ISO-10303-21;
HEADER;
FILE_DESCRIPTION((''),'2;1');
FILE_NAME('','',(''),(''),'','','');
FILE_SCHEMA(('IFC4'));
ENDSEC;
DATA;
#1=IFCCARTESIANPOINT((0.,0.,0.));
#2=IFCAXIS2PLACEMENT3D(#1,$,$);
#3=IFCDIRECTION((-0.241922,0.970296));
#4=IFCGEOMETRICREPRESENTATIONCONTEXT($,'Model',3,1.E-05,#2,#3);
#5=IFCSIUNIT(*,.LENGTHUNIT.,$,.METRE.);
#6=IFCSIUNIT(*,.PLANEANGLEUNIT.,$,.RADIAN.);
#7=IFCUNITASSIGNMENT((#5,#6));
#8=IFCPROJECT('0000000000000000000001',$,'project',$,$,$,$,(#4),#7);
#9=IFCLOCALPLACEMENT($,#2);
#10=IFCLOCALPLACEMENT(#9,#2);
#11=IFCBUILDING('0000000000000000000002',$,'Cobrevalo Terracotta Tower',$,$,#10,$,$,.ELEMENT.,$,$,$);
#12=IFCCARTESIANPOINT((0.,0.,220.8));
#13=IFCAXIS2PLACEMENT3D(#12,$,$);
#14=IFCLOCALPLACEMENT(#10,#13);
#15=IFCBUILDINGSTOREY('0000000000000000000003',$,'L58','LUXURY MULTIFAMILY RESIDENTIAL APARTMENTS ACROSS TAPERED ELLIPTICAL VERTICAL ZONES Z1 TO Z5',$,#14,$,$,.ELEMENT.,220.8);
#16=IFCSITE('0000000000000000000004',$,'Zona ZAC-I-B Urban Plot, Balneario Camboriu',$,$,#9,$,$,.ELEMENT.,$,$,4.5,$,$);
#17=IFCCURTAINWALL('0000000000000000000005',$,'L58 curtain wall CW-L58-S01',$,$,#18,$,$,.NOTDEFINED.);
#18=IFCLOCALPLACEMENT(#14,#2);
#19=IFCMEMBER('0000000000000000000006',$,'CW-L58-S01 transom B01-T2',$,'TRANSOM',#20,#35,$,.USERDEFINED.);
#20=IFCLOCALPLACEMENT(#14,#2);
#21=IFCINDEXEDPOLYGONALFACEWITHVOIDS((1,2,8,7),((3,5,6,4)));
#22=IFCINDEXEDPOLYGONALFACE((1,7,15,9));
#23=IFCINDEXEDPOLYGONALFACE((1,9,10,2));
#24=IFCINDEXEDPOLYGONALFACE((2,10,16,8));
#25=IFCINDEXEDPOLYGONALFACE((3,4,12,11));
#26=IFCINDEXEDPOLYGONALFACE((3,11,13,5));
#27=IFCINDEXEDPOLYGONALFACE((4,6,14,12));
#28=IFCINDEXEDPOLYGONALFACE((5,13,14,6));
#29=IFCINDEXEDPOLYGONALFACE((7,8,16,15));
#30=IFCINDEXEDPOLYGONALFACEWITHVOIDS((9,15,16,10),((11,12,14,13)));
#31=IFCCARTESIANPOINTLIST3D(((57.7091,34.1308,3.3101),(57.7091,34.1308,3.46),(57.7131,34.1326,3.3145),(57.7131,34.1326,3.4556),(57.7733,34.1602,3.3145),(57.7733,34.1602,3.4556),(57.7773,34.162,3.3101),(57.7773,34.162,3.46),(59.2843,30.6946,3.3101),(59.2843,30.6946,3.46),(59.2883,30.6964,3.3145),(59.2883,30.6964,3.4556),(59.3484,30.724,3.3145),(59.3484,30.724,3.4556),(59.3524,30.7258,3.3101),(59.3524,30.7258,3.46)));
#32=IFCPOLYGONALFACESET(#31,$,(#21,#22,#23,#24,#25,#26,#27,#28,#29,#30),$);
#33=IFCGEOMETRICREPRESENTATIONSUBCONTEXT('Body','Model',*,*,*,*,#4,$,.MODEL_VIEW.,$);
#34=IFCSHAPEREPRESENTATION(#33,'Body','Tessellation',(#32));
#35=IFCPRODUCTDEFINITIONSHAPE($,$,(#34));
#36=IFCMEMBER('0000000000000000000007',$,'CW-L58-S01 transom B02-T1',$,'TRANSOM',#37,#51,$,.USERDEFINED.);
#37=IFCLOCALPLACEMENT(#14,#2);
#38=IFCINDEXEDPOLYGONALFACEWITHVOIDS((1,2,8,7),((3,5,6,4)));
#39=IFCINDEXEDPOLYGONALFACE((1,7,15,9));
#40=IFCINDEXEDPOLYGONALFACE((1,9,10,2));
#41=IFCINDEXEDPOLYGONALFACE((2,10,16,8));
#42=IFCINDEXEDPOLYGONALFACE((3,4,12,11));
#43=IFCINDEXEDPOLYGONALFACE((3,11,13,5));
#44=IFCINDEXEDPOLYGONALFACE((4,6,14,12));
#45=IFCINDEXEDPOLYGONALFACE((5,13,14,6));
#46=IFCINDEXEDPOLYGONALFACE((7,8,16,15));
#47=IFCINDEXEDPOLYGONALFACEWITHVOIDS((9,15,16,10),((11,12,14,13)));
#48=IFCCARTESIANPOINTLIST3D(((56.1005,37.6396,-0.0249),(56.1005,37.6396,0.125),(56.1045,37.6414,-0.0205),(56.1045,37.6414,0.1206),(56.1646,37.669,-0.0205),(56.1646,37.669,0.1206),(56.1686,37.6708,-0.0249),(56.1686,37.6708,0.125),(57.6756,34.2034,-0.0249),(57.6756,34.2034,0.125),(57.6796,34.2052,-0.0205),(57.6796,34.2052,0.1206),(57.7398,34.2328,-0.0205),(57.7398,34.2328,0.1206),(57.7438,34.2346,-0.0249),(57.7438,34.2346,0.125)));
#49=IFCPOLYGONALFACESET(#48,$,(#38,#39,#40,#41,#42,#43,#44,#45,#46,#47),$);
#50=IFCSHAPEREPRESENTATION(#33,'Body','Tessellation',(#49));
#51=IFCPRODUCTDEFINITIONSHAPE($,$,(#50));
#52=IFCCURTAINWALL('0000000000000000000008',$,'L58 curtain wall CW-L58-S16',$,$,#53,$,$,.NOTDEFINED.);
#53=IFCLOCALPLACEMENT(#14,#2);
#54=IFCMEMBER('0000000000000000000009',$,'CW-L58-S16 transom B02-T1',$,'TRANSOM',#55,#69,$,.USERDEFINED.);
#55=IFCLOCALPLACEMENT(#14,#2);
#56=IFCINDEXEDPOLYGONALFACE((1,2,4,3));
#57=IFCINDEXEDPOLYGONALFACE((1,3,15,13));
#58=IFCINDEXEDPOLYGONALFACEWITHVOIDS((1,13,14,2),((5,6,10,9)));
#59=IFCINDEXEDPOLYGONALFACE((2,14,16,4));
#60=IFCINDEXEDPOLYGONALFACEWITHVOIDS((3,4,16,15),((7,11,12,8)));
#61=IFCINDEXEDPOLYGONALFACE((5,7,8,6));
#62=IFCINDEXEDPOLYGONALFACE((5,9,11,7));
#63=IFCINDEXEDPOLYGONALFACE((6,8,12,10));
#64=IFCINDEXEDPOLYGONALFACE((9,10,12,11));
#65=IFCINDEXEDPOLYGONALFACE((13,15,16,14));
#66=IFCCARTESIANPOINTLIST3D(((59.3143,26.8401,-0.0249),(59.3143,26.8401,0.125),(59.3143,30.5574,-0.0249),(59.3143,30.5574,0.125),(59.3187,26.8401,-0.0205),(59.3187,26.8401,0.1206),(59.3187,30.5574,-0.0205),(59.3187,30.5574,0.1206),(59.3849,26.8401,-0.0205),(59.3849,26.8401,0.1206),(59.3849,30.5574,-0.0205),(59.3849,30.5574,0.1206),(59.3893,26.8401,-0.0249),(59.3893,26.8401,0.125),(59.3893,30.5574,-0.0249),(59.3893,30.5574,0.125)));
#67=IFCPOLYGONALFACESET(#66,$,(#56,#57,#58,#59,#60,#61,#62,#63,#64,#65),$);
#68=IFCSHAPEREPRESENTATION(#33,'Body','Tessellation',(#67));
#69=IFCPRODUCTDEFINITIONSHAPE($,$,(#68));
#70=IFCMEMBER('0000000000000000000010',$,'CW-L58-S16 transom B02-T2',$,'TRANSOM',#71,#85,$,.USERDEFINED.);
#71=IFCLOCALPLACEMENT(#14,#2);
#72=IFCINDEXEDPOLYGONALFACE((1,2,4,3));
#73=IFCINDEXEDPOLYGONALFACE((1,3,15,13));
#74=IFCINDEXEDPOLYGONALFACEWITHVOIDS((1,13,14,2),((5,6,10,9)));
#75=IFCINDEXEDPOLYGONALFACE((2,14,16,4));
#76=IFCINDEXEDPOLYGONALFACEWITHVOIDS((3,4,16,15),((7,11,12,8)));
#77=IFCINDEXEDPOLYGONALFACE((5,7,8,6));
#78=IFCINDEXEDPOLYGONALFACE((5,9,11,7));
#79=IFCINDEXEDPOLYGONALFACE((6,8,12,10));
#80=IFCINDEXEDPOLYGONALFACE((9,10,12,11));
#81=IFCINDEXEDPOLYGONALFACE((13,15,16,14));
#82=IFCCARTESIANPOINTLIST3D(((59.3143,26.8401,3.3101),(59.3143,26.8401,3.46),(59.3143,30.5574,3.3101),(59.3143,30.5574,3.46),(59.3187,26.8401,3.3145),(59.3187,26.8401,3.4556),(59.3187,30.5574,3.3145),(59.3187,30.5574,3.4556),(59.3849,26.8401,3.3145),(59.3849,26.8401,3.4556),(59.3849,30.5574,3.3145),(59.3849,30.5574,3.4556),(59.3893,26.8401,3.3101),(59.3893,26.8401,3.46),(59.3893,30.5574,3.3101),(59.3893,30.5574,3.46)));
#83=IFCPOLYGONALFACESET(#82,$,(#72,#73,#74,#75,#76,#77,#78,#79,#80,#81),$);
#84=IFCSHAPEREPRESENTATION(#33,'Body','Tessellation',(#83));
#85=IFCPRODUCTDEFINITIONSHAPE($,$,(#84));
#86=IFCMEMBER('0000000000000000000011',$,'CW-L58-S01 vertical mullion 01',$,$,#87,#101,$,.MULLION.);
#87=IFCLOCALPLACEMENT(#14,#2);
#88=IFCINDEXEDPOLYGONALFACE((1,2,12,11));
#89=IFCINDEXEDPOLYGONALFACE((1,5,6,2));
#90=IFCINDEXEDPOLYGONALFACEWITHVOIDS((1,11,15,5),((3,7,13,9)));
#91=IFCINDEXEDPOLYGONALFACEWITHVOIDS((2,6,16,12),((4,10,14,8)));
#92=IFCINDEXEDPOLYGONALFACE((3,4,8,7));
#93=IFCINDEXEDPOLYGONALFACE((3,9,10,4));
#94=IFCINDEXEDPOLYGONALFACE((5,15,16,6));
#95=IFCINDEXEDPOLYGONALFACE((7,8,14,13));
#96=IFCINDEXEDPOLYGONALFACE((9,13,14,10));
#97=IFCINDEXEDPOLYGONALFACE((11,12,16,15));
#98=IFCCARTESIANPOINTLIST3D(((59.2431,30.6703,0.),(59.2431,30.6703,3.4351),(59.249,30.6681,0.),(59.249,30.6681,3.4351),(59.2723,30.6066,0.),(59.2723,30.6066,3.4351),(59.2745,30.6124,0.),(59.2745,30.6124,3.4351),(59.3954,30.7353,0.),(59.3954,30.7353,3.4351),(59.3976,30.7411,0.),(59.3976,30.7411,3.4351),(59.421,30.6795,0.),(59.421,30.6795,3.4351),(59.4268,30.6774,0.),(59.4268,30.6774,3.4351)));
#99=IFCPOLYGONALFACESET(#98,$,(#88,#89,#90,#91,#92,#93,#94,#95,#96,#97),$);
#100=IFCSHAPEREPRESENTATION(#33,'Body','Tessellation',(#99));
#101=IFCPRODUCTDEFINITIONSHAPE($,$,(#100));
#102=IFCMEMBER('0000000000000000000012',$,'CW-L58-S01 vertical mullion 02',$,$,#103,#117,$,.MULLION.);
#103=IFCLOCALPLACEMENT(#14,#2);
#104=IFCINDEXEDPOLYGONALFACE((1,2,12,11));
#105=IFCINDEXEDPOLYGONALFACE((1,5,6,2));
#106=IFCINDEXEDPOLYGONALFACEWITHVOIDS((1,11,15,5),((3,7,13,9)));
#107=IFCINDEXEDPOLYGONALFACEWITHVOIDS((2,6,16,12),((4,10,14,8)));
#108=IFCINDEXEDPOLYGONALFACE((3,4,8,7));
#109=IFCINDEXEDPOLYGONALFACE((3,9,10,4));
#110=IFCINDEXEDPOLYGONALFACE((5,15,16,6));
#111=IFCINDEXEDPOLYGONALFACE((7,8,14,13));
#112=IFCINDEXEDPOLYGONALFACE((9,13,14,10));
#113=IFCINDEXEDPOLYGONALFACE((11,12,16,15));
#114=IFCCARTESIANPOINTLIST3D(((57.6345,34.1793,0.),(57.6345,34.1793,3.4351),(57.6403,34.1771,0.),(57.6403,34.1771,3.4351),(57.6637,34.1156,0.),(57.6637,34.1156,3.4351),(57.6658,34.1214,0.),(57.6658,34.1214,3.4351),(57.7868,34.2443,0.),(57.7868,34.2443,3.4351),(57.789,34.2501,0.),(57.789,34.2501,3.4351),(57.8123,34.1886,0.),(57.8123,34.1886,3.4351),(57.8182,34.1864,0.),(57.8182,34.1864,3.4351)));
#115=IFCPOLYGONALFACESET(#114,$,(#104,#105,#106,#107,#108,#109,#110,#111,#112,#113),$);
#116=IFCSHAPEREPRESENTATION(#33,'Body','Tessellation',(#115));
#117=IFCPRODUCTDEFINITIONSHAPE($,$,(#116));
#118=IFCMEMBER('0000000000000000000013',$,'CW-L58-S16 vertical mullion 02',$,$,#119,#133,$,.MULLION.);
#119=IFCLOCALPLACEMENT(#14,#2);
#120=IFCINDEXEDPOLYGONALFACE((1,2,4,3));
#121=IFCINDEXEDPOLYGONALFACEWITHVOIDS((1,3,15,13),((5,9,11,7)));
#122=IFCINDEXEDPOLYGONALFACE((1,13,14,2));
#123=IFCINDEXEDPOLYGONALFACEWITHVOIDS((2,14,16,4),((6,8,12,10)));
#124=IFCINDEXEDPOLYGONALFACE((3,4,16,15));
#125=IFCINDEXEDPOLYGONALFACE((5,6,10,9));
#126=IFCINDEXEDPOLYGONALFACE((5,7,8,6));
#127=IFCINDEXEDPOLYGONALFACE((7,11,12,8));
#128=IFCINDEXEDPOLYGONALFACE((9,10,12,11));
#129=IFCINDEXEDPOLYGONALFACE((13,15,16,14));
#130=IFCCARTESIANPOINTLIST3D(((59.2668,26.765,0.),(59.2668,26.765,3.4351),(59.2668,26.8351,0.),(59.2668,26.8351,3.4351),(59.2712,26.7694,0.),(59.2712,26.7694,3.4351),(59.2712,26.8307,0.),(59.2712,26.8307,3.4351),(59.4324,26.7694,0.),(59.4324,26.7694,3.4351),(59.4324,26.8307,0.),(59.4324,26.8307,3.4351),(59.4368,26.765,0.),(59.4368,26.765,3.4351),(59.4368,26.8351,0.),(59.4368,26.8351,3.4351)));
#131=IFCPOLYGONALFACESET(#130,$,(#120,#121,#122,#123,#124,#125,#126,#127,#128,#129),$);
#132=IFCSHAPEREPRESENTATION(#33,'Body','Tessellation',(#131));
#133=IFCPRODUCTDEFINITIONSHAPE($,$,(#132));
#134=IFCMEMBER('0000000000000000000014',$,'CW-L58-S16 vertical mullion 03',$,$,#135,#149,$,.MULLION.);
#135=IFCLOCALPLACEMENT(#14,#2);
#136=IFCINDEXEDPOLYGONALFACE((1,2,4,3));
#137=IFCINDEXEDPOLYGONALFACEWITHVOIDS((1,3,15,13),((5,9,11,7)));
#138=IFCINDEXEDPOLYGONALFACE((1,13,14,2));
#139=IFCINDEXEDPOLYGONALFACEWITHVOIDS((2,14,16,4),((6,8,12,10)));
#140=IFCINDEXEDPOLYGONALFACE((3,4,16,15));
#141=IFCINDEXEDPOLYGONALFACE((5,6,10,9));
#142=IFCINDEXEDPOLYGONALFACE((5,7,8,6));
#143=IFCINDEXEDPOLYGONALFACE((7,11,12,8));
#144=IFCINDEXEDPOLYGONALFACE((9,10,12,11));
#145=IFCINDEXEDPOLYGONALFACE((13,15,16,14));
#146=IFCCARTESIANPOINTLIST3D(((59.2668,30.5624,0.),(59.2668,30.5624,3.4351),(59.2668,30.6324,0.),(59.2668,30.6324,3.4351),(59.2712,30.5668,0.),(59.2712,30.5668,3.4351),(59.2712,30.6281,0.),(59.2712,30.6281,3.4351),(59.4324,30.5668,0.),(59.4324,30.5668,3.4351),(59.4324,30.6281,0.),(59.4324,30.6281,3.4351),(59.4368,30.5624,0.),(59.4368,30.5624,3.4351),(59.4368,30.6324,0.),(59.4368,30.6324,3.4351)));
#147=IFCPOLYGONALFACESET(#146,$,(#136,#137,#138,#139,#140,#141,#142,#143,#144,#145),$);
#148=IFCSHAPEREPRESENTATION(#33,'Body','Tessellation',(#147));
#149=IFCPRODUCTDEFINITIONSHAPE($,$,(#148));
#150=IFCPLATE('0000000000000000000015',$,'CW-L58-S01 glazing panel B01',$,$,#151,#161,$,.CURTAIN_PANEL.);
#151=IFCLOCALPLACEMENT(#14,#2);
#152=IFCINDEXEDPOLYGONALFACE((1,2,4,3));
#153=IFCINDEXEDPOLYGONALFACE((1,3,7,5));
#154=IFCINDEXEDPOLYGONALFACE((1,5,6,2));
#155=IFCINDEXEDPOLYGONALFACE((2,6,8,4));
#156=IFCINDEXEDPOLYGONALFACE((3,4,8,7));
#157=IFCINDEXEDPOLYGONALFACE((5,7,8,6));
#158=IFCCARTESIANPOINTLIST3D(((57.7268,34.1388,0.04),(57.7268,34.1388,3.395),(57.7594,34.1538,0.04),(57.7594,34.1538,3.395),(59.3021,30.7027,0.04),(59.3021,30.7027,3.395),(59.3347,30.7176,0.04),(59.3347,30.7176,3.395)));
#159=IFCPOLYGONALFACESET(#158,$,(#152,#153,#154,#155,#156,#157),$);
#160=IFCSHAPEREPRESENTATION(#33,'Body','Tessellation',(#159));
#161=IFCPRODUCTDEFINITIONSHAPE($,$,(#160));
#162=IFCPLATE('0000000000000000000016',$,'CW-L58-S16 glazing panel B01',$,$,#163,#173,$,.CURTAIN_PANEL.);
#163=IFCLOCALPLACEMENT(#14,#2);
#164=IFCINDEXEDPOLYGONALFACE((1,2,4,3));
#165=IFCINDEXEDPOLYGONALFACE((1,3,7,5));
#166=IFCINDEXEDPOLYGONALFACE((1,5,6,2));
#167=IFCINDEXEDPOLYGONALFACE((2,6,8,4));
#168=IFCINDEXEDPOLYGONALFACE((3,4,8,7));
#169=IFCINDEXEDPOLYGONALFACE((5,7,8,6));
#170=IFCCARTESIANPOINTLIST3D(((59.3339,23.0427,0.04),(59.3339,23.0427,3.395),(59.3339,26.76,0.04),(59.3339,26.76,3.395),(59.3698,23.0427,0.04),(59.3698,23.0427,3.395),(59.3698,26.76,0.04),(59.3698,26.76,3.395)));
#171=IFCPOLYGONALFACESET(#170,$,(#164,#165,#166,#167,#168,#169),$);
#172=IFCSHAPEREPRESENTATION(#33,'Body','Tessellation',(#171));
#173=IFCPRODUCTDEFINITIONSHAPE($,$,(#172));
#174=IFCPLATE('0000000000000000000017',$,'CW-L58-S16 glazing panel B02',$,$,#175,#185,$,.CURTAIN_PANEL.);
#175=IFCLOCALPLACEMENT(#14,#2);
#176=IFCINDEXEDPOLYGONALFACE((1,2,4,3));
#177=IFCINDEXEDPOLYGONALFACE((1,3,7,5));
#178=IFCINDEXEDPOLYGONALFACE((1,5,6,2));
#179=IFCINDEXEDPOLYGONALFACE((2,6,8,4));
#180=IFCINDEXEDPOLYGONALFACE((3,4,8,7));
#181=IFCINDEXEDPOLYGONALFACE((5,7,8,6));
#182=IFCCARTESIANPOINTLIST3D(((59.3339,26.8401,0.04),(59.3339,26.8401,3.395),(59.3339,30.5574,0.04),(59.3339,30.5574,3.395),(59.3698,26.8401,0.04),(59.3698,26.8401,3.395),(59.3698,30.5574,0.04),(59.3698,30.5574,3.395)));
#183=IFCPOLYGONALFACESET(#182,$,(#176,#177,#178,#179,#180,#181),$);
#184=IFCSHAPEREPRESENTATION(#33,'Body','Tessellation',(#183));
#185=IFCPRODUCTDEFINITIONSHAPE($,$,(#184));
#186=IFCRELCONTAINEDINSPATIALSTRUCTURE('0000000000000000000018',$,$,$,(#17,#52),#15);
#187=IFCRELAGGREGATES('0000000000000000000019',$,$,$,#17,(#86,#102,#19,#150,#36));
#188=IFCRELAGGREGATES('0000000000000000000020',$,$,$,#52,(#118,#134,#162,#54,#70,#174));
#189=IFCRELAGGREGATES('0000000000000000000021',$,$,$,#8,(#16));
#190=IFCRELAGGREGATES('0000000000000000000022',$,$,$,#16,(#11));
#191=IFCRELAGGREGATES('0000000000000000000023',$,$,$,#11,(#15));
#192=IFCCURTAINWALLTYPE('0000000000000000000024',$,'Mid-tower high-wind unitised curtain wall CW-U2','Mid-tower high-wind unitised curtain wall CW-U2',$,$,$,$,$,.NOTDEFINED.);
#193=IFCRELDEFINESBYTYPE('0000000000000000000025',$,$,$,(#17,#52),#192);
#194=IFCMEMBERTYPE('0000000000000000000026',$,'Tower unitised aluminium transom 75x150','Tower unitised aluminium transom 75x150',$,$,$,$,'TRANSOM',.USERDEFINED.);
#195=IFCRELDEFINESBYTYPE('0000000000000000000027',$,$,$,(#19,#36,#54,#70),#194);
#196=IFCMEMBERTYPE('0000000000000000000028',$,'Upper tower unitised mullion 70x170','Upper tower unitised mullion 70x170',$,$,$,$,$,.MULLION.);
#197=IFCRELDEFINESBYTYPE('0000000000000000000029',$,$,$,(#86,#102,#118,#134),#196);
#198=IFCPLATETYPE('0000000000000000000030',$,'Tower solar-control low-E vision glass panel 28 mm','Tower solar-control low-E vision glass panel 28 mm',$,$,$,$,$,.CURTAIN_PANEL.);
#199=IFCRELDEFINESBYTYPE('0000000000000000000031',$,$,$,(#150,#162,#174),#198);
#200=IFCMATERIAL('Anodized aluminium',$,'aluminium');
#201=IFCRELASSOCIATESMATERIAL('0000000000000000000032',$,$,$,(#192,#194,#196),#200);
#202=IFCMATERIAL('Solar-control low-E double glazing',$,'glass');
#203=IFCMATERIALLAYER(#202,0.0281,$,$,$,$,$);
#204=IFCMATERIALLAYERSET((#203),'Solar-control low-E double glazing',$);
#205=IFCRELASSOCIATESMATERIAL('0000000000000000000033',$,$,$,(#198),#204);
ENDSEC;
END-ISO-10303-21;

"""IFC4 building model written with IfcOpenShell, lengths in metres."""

from ifc_helpers import new_model, si_unit, direction, frame, origin, origin_2d, place, context, subcontext, project, spatial, rectangle, hollow_rectangle, extrude, source, transform, mapped, material, layer, layer_set, material_profile, profile_set, type_object, element, aggregate, save


model = new_model("IFC4")

# Units and contexts
model_context = context("Model", 3, precision=1e-05, world=origin(), true_north=direction((-0.241922, 0.970296)))
body_context = subcontext(model_context, "Body", "Model", "MODEL_VIEW")
ifc_project = project(units=[si_unit("LENGTHUNIT", "METRE"), si_unit("PLANEANGLEUNIT", "RADIAN")], contexts=[model_context])

# Site, building, storey
site_placement = place(None, origin())
site = spatial("IfcSite", under=ifc_project, at=site_placement, Name="Zona ZAC-I-B Urban Plot, Balneario Camboriu", CompositionType="ELEMENT", RefElevation=4.5)
building_placement = place(site_placement, origin())
building = spatial("IfcBuilding", under=site, at=building_placement, Name="Cobrevalo Terracotta Tower", CompositionType="ELEMENT")
storey_placement = place(building_placement, frame((0.0, 0.0, 220.8)))
storey = spatial("IfcBuildingStorey", under=building, at=storey_placement, Name="L58", Description="LUXURY MULTIFAMILY RESIDENTIAL APARTMENTS ACROSS TAPERED ELLIPTICAL VERTICAL ZONES Z1 TO Z5", CompositionType="ELEMENT", Elevation=220.8)

# Curtain walls, members
ifc_material_1 = material(Name="Anodized aluminium", Category="aluminium")
curtain_wall_type = type_object("IfcCurtainWallType", Name="Mid-tower high-wind unitised curtain wall CW-U2", Description="Mid-tower high-wind unitised curtain wall CW-U2", PredefinedType="NOTDEFINED", material=ifc_material_1)
curtain_wall_1_placement = place(storey_placement, origin())
curtain_wall_1 = element("IfcCurtainWall", 1, at=curtain_wall_1_placement, inside=storey, type_object=curtain_wall_type, Name="L58 curtain wall CW-L58-S01", PredefinedType="NOTDEFINED")
ifc_material_profile_1 = material_profile(ifc_material_1, hollow_rectangle(XDim=0.075, YDim=0.1499, WallThickness=0.0044, at=origin_2d()), Name="CWT 75x150")
ifc_profile_set_1 = profile_set([ifc_material_profile_1], Name="Anodized aluminium")
member_type_1 = type_object("IfcMemberType", Name="Tower unitised aluminium transom 75x150", Description="Tower unitised aluminium transom 75x150", ElementType="TRANSOM", PredefinedType="USERDEFINED", material=ifc_profile_set_1)
shared_shape_1 = source(origin(), body_context, "Body", "SweptSolid", [
    extrude(hollow_rectangle(XDim=0.075, YDim=0.1499, WallThickness=0.0044, at=origin_2d()), origin(), (0.0, 0.0, 1.0), 3.78),
])
member_1_placement = place(storey_placement, frame((59.3184, 30.7102, 3.385), z_axis=(-0.416706, 0.909041, 0.0), x_axis=(-0.909041, -0.416706, 0.0)))
member_1 = element("IfcMember", 2, at=member_1_placement, type_object=member_type_1, Name="CW-L58-S01 transom B01-T2", ObjectType="TRANSOM", PredefinedType="USERDEFINED", context=body_context, shape_type="MappedRepresentation", body=[
    mapped(shared_shape_1, transform((0.0, 0.0, 0.0), scale=1.0)),
])
member_2_placement = place(storey_placement, frame((57.7097, 34.219, 0.05), z_axis=(-0.416706, 0.909041, 0.0), x_axis=(-0.909041, -0.416706, 0.0)))
member_2 = element("IfcMember", 3, at=member_2_placement, type_object=member_type_1, Name="CW-L58-S01 transom B02-T1", ObjectType="TRANSOM", PredefinedType="USERDEFINED", context=body_context, shape_type="MappedRepresentation", body=[
    mapped(shared_shape_1, transform((0.0, 0.0, 0.0), scale=1.0)),
])
curtain_wall_2_placement = place(storey_placement, origin())
curtain_wall_2 = element("IfcCurtainWall", 4, at=curtain_wall_2_placement, inside=storey, type_object=curtain_wall_type, Name="L58 curtain wall CW-L58-S16", PredefinedType="NOTDEFINED")
shared_shape_2 = source(origin(), body_context, "Body", "SweptSolid", [
    extrude(hollow_rectangle(XDim=0.075, YDim=0.1499, WallThickness=0.0044, at=origin_2d()), origin(), (0.0, 0.0, 1.0), 3.7173),
])
member_3_placement = place(storey_placement, frame((59.3518, 26.8401, 0.05), z_axis=(0.0, 1.0, 0.0), x_axis=(-1.0, 0.0, 0.0)))
member_3 = element("IfcMember", 5, at=member_3_placement, type_object=member_type_1, Name="CW-L58-S16 transom B02-T1", ObjectType="TRANSOM", PredefinedType="USERDEFINED", context=body_context, shape_type="MappedRepresentation", body=[
    mapped(shared_shape_2, transform((0.0, 0.0, 0.0), scale=1.0)),
])
member_4_placement = place(storey_placement, frame((59.3518, 26.8401, 3.385), z_axis=(0.0, 1.0, 0.0), x_axis=(-1.0, 0.0, 0.0)))
member_4 = element("IfcMember", 6, at=member_4_placement, type_object=member_type_1, Name="CW-L58-S16 transom B02-T2", ObjectType="TRANSOM", PredefinedType="USERDEFINED", context=body_context, shape_type="MappedRepresentation", body=[
    mapped(shared_shape_2, transform((0.0, 0.0, 0.0), scale=1.0)),
])

# Members
ifc_material_profile_2 = material_profile(ifc_material_1, hollow_rectangle(XDim=0.0701, YDim=0.1699, WallThickness=0.0044, at=origin_2d()), Name="CWM 70x170")
ifc_profile_set_2 = profile_set([ifc_material_profile_2], Name="Anodized aluminium")
member_type_2 = type_object("IfcMemberType", Name="Upper tower unitised mullion 70x170", Description="Upper tower unitised mullion 70x170", PredefinedType="MULLION", material=ifc_profile_set_2)
shared_shape_3 = source(origin(), body_context, "Body", "SweptSolid", [
    extrude(hollow_rectangle(XDim=0.0701, YDim=0.1699, WallThickness=0.0044, at=origin_2d()), origin(), (0.0, 0.0, 1.0), 3.4351),
])
member_5_placement = place(storey_placement, frame((59.335, 30.6738, 0.0), z_axis=(0.0, 0.0, 1.0), x_axis=(-0.416725, 0.909033, 0.0)))
member_5 = element("IfcMember", 7, at=member_5_placement, type_object=member_type_2, Name="CW-L58-S01 vertical mullion 01", PredefinedType="MULLION", context=body_context, shape_type="MappedRepresentation", body=[
    mapped(shared_shape_3, transform((0.0, 0.0, 0.0), scale=1.0)),
])
member_6_placement = place(storey_placement, frame((57.7263, 34.1829, 0.0), z_axis=(0.0, 0.0, 1.0), x_axis=(-0.416725, 0.909033, 0.0)))
member_6 = element("IfcMember", 8, at=member_6_placement, type_object=member_type_2, Name="CW-L58-S01 vertical mullion 02", PredefinedType="MULLION", context=body_context, shape_type="MappedRepresentation", body=[
    mapped(shared_shape_3, transform((0.0, 0.0, 0.0), scale=1.0)),
])
member_7_placement = place(storey_placement, frame((59.3518, 26.8, 0.0), z_axis=(0.0, 0.0, 1.0), x_axis=(0.0, 1.0, 0.0)))
member_7 = element("IfcMember", 9, at=member_7_placement, type_object=member_type_2, Name="CW-L58-S16 vertical mullion 02", PredefinedType="MULLION", context=body_context, shape_type="MappedRepresentation", body=[
    mapped(shared_shape_3, transform((0.0, 0.0, 0.0), scale=1.0)),
])
member_8_placement = place(storey_placement, frame((59.3518, 30.5974, 0.0), z_axis=(0.0, 0.0, 1.0), x_axis=(0.0, 1.0, 0.0)))
member_8 = element("IfcMember", 10, at=member_8_placement, type_object=member_type_2, Name="CW-L58-S16 vertical mullion 03", PredefinedType="MULLION", context=body_context, shape_type="MappedRepresentation", body=[
    mapped(shared_shape_3, transform((0.0, 0.0, 0.0), scale=1.0)),
])

# Plates
ifc_material_2 = material(Name="Solar-control low-E double glazing", Category="glass")
ifc_layer_1 = layer(ifc_material_2, 0.0281)
ifc_layer_set_1 = layer_set([ifc_layer_1], Name="Solar-control low-E double glazing")
plate_type = type_object("IfcPlateType", Name="Tower solar-control low-E vision glass panel 28 mm", Description="Tower solar-control low-E vision glass panel 28 mm", PredefinedType="CURTAIN_PANEL", material=ifc_layer_set_1)
shared_shape_4 = source(origin(), body_context, "Body", "SweptSolid", [
    extrude(rectangle(XDim=3.78, YDim=0.0359, at=origin_2d()), origin(), (0.0, 0.0, 1.0), 3.355),
])
plate_1_placement = place(storey_placement, frame((58.5308, 32.4282, 0.04), z_axis=(0.0, 0.0, 1.0), x_axis=(-0.416731, 0.90903, 0.0)))
plate_1 = element("IfcPlate", 11, at=plate_1_placement, type_object=plate_type, Name="CW-L58-S01 glazing panel B01", PredefinedType="CURTAIN_PANEL", context=body_context, shape_type="MappedRepresentation", body=[
    mapped(shared_shape_4, transform((0.0, 0.0, 0.0), scale=1.0)),
])
aggregate(curtain_wall_1, [member_5, member_6, member_1, plate_1, member_2])
shared_shape_5 = source(origin(), body_context, "Body", "SweptSolid", [
    extrude(rectangle(XDim=3.7173, YDim=0.0359, at=origin_2d()), origin(), (0.0, 0.0, 1.0), 3.355),
])
plate_2_placement = place(storey_placement, frame((59.3518, 24.9014, 0.04), z_axis=(0.0, 0.0, 1.0), x_axis=(0.0, 1.0, 0.0)))
plate_2 = element("IfcPlate", 12, at=plate_2_placement, type_object=plate_type, Name="CW-L58-S16 glazing panel B01", PredefinedType="CURTAIN_PANEL", context=body_context, shape_type="MappedRepresentation", body=[
    mapped(shared_shape_5, transform((0.0, 0.0, 0.0), scale=1.0)),
])
plate_3_placement = place(storey_placement, frame((59.3518, 28.6987, 0.04), z_axis=(0.0, 0.0, 1.0), x_axis=(0.0, 1.0, 0.0)))
plate_3 = element("IfcPlate", 13, at=plate_3_placement, type_object=plate_type, Name="CW-L58-S16 glazing panel B02", PredefinedType="CURTAIN_PANEL", context=body_context, shape_type="MappedRepresentation", body=[
    mapped(shared_shape_5, transform((0.0, 0.0, 0.0), scale=1.0)),
])
aggregate(curtain_wall_2, [member_7, member_8, plate_2, member_3, member_4, plate_3])

save(model, "model.ifc")
